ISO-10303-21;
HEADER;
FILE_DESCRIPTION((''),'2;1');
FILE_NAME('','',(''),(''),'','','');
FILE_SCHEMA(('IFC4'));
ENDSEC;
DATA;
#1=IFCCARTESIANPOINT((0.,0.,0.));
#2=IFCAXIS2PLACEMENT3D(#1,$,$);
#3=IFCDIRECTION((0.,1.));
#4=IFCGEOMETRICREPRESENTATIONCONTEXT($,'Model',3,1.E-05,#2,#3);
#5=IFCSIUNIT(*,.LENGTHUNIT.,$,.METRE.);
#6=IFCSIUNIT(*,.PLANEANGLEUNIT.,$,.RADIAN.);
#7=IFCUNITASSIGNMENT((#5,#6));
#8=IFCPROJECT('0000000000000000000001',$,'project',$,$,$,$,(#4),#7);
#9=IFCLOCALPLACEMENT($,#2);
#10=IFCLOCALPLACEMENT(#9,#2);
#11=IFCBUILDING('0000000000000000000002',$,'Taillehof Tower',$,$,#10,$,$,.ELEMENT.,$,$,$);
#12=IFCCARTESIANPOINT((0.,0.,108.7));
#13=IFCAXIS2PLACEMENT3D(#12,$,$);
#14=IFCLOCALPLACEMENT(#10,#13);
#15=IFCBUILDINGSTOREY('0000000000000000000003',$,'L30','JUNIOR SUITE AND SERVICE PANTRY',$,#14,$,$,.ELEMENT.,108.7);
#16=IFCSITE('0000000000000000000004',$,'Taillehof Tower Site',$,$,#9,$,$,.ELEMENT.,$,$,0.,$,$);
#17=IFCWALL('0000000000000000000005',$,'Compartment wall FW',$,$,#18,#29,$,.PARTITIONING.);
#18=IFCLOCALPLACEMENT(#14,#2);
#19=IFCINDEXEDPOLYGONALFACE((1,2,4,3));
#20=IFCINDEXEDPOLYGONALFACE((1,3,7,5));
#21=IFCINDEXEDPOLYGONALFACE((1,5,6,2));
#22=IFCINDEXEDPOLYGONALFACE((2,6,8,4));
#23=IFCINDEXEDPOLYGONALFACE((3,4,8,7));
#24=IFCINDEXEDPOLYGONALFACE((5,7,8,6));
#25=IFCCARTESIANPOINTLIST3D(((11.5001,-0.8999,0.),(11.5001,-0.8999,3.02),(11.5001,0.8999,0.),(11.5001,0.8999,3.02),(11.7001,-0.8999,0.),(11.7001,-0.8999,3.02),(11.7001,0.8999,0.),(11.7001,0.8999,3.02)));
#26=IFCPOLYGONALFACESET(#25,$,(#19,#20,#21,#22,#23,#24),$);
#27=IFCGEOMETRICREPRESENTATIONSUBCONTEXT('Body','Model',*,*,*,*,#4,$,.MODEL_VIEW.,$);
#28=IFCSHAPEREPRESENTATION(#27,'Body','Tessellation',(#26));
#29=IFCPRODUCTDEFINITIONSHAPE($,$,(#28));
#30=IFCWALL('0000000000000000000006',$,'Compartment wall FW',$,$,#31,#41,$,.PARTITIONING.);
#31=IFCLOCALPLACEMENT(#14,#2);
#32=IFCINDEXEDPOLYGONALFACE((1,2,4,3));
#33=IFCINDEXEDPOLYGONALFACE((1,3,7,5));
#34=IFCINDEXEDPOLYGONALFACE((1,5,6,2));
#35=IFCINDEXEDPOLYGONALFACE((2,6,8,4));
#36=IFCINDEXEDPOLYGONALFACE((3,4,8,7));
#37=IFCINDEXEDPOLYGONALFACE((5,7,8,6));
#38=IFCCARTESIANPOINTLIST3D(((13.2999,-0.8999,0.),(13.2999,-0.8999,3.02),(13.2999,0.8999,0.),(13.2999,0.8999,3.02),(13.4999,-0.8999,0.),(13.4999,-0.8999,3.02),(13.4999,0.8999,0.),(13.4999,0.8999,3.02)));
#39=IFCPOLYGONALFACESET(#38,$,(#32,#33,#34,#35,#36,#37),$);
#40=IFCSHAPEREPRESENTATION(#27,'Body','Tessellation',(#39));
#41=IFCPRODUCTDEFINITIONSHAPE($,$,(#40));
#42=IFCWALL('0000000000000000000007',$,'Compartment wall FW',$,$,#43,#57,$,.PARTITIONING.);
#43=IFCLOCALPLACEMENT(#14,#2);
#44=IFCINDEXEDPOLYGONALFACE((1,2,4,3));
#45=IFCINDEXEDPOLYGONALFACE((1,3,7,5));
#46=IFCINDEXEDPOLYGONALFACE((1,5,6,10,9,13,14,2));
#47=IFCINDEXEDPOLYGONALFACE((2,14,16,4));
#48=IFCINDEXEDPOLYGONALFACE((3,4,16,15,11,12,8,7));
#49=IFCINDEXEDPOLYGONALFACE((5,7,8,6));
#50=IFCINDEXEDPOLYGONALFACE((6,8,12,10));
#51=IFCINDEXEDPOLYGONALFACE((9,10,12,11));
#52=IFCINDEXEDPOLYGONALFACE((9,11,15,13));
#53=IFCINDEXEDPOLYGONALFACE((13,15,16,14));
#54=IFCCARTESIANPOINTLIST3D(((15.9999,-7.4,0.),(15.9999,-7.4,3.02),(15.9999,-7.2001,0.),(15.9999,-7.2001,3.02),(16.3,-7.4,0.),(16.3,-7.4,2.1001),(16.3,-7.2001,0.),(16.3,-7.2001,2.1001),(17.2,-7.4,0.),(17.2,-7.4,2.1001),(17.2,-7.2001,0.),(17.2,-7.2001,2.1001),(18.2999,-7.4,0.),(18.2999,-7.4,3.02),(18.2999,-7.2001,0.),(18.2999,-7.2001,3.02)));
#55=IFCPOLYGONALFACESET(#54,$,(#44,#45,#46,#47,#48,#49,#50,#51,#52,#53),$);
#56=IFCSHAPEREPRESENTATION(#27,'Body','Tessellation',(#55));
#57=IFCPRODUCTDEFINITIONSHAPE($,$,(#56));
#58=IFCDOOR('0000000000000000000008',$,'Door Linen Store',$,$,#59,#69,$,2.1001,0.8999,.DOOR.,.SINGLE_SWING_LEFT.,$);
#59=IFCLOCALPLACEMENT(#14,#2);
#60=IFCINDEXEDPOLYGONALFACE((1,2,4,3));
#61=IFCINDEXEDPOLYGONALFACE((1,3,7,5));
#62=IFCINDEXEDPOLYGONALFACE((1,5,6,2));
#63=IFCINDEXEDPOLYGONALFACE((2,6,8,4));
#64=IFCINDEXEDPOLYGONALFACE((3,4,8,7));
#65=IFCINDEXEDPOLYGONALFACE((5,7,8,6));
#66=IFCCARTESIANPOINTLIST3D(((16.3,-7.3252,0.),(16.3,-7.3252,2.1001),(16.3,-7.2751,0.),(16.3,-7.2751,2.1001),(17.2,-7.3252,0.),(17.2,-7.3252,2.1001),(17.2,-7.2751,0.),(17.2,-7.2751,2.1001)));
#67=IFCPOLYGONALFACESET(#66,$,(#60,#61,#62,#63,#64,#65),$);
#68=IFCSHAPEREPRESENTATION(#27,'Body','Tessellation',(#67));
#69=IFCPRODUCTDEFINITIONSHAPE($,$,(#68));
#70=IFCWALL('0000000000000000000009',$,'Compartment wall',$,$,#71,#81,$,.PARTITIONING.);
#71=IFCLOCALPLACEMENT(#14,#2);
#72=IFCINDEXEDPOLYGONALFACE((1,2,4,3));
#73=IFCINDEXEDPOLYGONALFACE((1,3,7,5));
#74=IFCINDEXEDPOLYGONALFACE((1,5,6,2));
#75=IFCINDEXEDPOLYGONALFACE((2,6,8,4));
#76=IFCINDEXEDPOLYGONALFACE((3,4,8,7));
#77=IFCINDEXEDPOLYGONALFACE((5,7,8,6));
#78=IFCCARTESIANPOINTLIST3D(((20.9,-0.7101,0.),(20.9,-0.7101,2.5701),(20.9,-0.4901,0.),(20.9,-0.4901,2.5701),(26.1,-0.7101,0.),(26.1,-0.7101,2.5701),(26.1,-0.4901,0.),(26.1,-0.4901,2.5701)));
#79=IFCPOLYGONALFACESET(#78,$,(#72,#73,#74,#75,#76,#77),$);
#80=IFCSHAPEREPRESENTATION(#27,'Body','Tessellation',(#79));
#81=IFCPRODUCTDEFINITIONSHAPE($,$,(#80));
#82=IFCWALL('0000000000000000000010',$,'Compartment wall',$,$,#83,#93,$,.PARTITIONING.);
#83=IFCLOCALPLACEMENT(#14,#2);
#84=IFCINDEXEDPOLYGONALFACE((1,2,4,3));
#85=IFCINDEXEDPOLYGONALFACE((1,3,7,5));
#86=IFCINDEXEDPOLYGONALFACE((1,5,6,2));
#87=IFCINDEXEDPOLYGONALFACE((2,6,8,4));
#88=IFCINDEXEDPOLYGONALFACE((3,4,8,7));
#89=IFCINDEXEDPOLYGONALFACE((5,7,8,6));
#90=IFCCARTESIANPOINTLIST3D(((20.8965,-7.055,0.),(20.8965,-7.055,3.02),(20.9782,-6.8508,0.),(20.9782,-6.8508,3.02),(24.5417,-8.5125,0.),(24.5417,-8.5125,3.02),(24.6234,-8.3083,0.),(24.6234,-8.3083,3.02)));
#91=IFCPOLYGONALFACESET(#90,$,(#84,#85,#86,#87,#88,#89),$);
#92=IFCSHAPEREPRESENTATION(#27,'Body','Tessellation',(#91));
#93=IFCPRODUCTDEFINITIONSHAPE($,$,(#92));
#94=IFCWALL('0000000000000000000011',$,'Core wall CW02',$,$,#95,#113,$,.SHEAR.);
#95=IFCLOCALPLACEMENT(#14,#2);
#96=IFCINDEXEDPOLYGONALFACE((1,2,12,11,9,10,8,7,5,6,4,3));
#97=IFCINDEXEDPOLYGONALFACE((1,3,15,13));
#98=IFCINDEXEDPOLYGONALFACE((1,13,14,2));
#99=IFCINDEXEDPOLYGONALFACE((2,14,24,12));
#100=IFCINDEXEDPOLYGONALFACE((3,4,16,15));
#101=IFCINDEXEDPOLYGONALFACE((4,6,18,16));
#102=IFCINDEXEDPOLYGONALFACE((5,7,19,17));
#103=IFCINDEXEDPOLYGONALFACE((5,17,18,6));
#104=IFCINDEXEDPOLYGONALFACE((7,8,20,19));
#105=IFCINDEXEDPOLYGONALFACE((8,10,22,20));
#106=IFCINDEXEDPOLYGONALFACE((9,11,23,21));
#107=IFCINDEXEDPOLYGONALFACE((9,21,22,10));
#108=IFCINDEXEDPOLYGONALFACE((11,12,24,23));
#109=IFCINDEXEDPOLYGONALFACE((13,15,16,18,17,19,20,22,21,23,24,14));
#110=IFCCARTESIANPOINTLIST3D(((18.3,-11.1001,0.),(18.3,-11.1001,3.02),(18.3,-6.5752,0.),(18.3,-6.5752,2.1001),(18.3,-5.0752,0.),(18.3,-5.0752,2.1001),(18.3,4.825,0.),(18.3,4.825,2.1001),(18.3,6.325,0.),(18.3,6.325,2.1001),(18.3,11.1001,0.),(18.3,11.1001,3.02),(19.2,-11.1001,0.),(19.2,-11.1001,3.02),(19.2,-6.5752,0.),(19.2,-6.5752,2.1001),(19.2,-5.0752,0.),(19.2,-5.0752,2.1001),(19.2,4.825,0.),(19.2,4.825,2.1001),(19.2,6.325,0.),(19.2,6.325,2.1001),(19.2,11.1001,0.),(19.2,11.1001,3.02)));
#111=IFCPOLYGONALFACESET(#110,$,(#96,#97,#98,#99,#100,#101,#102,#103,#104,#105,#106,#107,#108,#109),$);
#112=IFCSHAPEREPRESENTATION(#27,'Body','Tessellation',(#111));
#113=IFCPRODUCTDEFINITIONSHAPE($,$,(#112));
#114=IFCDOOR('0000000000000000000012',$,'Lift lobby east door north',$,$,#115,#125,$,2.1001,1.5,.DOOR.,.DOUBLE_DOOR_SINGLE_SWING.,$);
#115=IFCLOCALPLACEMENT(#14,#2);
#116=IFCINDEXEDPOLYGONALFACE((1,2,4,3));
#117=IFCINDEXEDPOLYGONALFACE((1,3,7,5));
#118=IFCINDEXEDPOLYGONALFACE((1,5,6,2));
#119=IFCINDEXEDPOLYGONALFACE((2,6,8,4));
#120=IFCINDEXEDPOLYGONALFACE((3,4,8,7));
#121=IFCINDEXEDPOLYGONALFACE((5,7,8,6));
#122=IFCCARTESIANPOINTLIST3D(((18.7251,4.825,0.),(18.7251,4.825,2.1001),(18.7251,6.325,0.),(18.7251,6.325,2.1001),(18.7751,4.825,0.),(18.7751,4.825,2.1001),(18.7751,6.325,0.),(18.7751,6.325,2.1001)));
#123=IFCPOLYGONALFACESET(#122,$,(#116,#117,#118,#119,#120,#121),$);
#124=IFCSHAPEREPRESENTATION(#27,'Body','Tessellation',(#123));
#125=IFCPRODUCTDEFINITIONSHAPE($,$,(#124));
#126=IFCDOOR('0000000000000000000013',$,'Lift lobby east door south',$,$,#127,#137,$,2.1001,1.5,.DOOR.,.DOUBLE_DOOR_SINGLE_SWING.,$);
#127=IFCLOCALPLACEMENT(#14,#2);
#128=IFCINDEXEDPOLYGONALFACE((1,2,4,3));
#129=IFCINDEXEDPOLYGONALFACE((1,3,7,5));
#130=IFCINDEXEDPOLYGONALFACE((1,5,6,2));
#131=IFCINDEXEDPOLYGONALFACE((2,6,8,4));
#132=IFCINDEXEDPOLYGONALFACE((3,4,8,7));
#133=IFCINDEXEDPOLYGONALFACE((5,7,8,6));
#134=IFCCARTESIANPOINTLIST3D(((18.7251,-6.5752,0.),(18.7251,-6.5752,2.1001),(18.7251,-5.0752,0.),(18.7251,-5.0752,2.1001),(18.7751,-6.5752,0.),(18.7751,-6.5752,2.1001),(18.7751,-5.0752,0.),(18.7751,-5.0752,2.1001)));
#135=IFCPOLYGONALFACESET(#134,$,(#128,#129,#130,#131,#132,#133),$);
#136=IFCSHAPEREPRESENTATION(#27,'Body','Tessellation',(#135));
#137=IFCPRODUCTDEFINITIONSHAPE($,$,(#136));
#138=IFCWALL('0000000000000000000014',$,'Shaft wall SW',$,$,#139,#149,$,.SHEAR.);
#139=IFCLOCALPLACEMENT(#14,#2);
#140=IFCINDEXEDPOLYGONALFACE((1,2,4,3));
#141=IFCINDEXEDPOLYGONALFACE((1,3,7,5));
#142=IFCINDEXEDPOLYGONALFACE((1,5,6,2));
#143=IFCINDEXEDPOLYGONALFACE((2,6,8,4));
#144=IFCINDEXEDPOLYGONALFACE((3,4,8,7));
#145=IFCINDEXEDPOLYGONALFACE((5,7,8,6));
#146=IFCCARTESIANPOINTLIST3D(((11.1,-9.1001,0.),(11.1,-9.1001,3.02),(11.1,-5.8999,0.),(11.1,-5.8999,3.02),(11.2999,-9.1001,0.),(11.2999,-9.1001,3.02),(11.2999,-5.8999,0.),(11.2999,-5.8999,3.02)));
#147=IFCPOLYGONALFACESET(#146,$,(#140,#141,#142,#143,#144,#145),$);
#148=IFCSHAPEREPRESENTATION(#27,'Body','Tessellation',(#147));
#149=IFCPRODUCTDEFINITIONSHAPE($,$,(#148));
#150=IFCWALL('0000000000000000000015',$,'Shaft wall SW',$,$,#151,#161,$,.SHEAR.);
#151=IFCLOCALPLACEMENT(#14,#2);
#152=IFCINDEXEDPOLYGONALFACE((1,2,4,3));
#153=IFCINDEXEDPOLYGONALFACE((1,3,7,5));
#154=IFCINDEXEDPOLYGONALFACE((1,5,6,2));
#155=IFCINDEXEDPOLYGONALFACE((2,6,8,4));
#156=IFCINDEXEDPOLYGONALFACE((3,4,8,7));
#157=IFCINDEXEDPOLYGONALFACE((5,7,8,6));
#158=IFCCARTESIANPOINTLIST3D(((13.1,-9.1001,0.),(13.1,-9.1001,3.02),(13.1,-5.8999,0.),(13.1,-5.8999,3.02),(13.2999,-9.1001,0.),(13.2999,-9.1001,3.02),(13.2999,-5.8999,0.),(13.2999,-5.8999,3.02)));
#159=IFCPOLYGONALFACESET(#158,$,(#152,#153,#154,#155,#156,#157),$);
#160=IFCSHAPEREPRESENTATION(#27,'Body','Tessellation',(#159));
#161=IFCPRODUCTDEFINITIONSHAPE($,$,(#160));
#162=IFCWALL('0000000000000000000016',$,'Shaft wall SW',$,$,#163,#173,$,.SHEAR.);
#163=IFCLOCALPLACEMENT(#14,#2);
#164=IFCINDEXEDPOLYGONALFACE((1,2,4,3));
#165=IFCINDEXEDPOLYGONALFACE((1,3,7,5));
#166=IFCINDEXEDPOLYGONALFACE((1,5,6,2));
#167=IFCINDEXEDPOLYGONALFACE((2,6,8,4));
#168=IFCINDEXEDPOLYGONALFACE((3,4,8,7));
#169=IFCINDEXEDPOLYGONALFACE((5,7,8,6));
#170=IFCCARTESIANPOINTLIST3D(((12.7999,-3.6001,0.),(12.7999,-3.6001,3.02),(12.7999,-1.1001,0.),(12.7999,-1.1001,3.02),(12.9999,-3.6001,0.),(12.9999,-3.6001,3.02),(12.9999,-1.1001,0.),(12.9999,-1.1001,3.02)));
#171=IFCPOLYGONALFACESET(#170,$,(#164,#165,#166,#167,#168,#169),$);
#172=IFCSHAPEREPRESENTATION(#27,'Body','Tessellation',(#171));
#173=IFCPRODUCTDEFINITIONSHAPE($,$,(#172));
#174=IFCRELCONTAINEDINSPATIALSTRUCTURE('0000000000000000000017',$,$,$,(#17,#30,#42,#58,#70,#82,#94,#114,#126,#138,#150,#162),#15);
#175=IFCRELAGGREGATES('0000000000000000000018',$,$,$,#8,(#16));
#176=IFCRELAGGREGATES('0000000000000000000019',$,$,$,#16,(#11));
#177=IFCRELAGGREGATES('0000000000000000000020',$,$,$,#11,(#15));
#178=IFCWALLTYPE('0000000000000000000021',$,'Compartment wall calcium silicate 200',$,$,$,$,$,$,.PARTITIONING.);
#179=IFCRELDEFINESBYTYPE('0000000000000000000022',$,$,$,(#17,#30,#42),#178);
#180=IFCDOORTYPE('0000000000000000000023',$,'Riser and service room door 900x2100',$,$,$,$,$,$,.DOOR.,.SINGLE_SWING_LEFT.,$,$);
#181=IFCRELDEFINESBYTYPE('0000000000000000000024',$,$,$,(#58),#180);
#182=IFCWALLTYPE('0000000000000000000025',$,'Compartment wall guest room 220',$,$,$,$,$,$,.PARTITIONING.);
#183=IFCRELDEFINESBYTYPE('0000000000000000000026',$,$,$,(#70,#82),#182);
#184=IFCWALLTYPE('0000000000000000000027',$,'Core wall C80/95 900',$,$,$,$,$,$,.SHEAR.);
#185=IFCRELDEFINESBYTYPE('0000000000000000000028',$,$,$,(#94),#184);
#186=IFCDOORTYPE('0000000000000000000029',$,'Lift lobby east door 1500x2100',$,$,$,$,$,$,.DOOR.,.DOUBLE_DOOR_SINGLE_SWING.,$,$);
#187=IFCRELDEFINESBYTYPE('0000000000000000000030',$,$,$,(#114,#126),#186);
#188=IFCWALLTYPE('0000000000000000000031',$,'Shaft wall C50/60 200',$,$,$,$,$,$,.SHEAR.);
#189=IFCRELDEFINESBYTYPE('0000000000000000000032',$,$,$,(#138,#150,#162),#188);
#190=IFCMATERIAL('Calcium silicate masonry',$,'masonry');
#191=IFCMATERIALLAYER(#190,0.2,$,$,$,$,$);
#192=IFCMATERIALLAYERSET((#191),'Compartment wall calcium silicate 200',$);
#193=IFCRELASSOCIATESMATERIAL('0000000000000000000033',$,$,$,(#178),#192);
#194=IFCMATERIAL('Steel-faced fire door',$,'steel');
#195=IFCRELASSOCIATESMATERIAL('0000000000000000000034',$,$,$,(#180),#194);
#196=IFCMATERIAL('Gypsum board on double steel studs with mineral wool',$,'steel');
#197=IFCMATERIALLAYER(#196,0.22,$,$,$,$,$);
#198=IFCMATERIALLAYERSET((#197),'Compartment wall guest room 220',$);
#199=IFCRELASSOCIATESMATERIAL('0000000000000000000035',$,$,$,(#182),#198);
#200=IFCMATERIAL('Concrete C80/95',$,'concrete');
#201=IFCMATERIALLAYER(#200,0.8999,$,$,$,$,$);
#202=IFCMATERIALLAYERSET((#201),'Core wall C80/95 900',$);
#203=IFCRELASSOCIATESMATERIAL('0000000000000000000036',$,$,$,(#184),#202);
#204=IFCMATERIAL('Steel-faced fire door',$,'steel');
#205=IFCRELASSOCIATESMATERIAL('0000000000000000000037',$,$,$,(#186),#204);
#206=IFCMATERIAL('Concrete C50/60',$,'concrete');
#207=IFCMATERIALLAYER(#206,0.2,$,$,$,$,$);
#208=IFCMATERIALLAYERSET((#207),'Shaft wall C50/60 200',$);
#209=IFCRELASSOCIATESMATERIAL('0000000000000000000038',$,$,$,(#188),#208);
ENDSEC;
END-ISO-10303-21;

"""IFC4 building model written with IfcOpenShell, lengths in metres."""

from ifc_helpers import new_model, si_unit, direction, frame, frame_2d, origin, place, context, subcontext, project, spatial, rectangle, extrude, material, layer, layer_set, type_object, element, fill, save


model = new_model("IFC4")

# Units and contexts
model_context = context("Model", 3, precision=1e-05, world=origin(), true_north=direction((0.0, 1.0)))
body_context = subcontext(model_context, "Body", "Model", "MODEL_VIEW")
ifc_project = project(units=[si_unit("LENGTHUNIT", "METRE"), si_unit("PLANEANGLEUNIT", "RADIAN")], contexts=[model_context])

# Site, building, storey
site_placement = place(None, origin())
site = spatial("IfcSite", under=ifc_project, at=site_placement, Name="Taillehof Tower Site", CompositionType="ELEMENT", RefElevation=0.0)
building_placement = place(site_placement, origin())
building = spatial("IfcBuilding", under=site, at=building_placement, Name="Taillehof Tower", CompositionType="ELEMENT")
storey_placement = place(building_placement, frame((0.0, 0.0, 108.7)))
storey = spatial("IfcBuildingStorey", under=building, at=storey_placement, Name="L30", Description="JUNIOR SUITE AND SERVICE PANTRY", CompositionType="ELEMENT", Elevation=108.7)

# Walls
ifc_material_1 = material(Name="Calcium silicate masonry", Category="masonry")
ifc_layer_1 = layer(ifc_material_1, 0.2)
ifc_layer_set_1 = layer_set([ifc_layer_1], Name="Compartment wall calcium silicate 200")
wall_type_1 = type_object("IfcWallType", Name="Compartment wall calcium silicate 200", PredefinedType="PARTITIONING", material=ifc_layer_set_1)
for number, where, z_axis, x_axis, name in (
    (1, (11.6001, -0.8999, 0.0), (0.0, 0.0, 1.0), (0.0, 1.0, 0.0), "Compartment wall FW"),
    (2, (13.3999, -0.8999, 0.0), (0.0, 0.0, 1.0), (0.0, 1.0, 0.0), "Compartment wall FW"),
):
    element("IfcWall", number, at=place(storey_placement, frame(where, z_axis=z_axis, x_axis=x_axis)), inside=storey, type_object=wall_type_1, Name=name, PredefinedType="PARTITIONING", context=body_context, shape_type="SweptSolid", body=[
        extrude(rectangle(XDim=1.7998, YDim=0.2, at=frame_2d((0.8999, 0.0))), origin(), (0.0, 0.0, 1.0), 3.02),
    ])

# Wall, opening, door
wall_1_placement = place(storey_placement, frame((16.0, -7.3, 0.0), z_axis=(0.0, 0.0, 1.0), x_axis=(1.0, 0.0, 0.0)))
wall_1 = element("IfcWall", 3, at=wall_1_placement, inside=storey, type_object=wall_type_1, Name="Compartment wall FW", PredefinedType="PARTITIONING", context=body_context, shape_type="SweptSolid", body=[
    extrude(rectangle(XDim=2.3, YDim=0.2, at=frame_2d((1.1499, 0.0))), origin(), (0.0, 0.0, 1.0), 3.02),
])
opening_1_placement = place(wall_1_placement, frame((0.3, 0.0, 0.0)))
opening_1 = element("IfcOpeningElement", 4, at=opening_1_placement, cuts=wall_1, PredefinedType="OPENING", context=body_context, shape_type="SweptSolid", body=[
    extrude(rectangle(XDim=0.8999, YDim=2.1001, at=frame_2d((0.45, 1.05))), frame((0.0, 0.1099, 0.0), z_axis=(0.0, -1.0, 0.0), x_axis=(1.0, 0.0, 0.0)), (0.0, 0.0, 1.0), 0.22),
])
ifc_material_2 = material(Name="Steel-faced fire door", Category="steel")
door_type_1 = type_object("IfcDoorType", Name="Riser and service room door 900x2100", OperationType="SINGLE_SWING_LEFT", PredefinedType="DOOR", material=ifc_material_2)
door_1_placement = place(opening_1_placement, origin())
door_1 = element("IfcDoor", 5, at=door_1_placement, inside=storey, type_object=door_type_1, Name="Door Linen Store", OperationType="SINGLE_SWING_LEFT", OverallHeight=2.1001, OverallWidth=0.8999, PredefinedType="DOOR", context=body_context, shape_type="SweptSolid", body=[
    extrude(rectangle(XDim=0.8999, YDim=2.1001, at=frame_2d((0.45, 1.05))), frame((0.0, 0.0249, 0.0), z_axis=(0.0, -1.0, 0.0), x_axis=(1.0, 0.0, 0.0)), (0.0, 0.0, 1.0), 0.05),
])
fill(opening_1, door_1)

# Walls
ifc_material_3 = material(Name="Gypsum board on double steel studs with mineral wool", Category="steel")
ifc_layer_2 = layer(ifc_material_3, 0.22)
ifc_layer_set_2 = layer_set([ifc_layer_2], Name="Compartment wall guest room 220")
wall_type_2 = type_object("IfcWallType", Name="Compartment wall guest room 220", PredefinedType="PARTITIONING", material=ifc_layer_set_2)
wall_2_placement = place(storey_placement, frame((26.1001, -0.6001, 0.0), z_axis=(0.0, 0.0, 1.0), x_axis=(-1.0, 0.0, 0.0)))
element("IfcWall", 6, at=wall_2_placement, inside=storey, type_object=wall_type_2, Name="Compartment wall", PredefinedType="PARTITIONING", context=body_context, shape_type="SweptSolid", body=[
    extrude(rectangle(XDim=5.2, YDim=0.22, at=frame_2d((2.6001, 0.0))), origin(), (0.0, 0.0, 1.0), 2.5701),
])
wall_3_placement = place(storey_placement, frame((24.5825, -8.4104, 0.0), z_axis=(0.0, 0.0, 1.0), x_axis=(-0.928528, 0.371262, 0.0)))
element("IfcWall", 7, at=wall_3_placement, inside=storey, type_object=wall_type_2, Name="Compartment wall", PredefinedType="PARTITIONING", context=body_context, shape_type="SweptSolid", body=[
    extrude(rectangle(XDim=3.9258, YDim=0.22, at=frame_2d((1.9629, 0.0))), origin(), (0.0, 0.0, 1.0), 3.02),
])

# Wall, openings, doors
ifc_material_4 = material(Name="Concrete C80/95", Category="concrete")
ifc_layer_3 = layer(ifc_material_4, 0.8999)
ifc_layer_set_3 = layer_set([ifc_layer_3], Name="Core wall C80/95 900")
wall_type_3 = type_object("IfcWallType", Name="Core wall C80/95 900", PredefinedType="SHEAR", material=ifc_layer_set_3)
wall_4_placement = place(storey_placement, frame((18.75, -11.1001, 0.0), z_axis=(0.0, 0.0, 1.0), x_axis=(0.0, 1.0, 0.0)))
wall_4 = element("IfcWall", 8, at=wall_4_placement, inside=storey, type_object=wall_type_3, Name="Core wall CW02", PredefinedType="SHEAR", context=body_context, shape_type="SweptSolid", body=[
    extrude(rectangle(XDim=22.2002, YDim=0.8999, at=frame_2d((11.1001, 0.0))), origin(), (0.0, 0.0, 1.0), 3.02),
])
opening_2_placement = place(wall_4_placement, frame((15.925, 0.0, 0.0)))
opening_2 = element("IfcOpeningElement", 9, at=opening_2_placement, cuts=wall_4, PredefinedType="OPENING", context=body_context, shape_type="SweptSolid", body=[
    extrude(rectangle(XDim=1.5, YDim=2.1001, at=frame_2d((0.75, 1.05))), frame((0.0, 0.46, 0.0), z_axis=(0.0, -1.0, 0.0), x_axis=(1.0, 0.0, 0.0)), (0.0, 0.0, 1.0), 0.9199),
])
opening_3_placement = place(wall_4_placement, frame((4.5249, 0.0, 0.0)))
opening_3 = element("IfcOpeningElement", 10, at=opening_3_placement, cuts=wall_4, PredefinedType="OPENING", context=body_context, shape_type="SweptSolid", body=[
    extrude(rectangle(XDim=1.5, YDim=2.1001, at=frame_2d((0.75, 1.05))), frame((0.0, 0.46, 0.0), z_axis=(0.0, -1.0, 0.0), x_axis=(1.0, 0.0, 0.0)), (0.0, 0.0, 1.0), 0.9199),
])
ifc_material_5 = material(Name="Steel-faced fire door", Category="steel")
door_type_2 = type_object("IfcDoorType", Name="Lift lobby east door 1500x2100", OperationType="DOUBLE_DOOR_SINGLE_SWING", PredefinedType="DOOR", material=ifc_material_5)
door_2_placement = place(opening_2_placement, origin())
door_2 = element("IfcDoor", 11, at=door_2_placement, inside=storey, type_object=door_type_2, Name="Lift lobby east door north", OperationType="DOUBLE_DOOR_SINGLE_SWING", OverallHeight=2.1001, OverallWidth=1.5, PredefinedType="DOOR", context=body_context, shape_type="SweptSolid", body=[
    extrude(rectangle(XDim=1.5, YDim=2.1001, at=frame_2d((0.75, 1.05))), frame((0.0, 0.0249, 0.0), z_axis=(0.0, -1.0, 0.0), x_axis=(1.0, 0.0, 0.0)), (0.0, 0.0, 1.0), 0.05),
])
fill(opening_2, door_2)
door_3_placement = place(opening_3_placement, origin())
door_3 = element("IfcDoor", 12, at=door_3_placement, inside=storey, type_object=door_type_2, Name="Lift lobby east door south", OperationType="DOUBLE_DOOR_SINGLE_SWING", OverallHeight=2.1001, OverallWidth=1.5, PredefinedType="DOOR", context=body_context, shape_type="SweptSolid", body=[
    extrude(rectangle(XDim=1.5, YDim=2.1001, at=frame_2d((0.75, 1.05))), frame((0.0, 0.0249, 0.0), z_axis=(0.0, -1.0, 0.0), x_axis=(1.0, 0.0, 0.0)), (0.0, 0.0, 1.0), 0.05),
])
fill(opening_3, door_3)

# Walls
ifc_material_6 = material(Name="Concrete C50/60", Category="concrete")
ifc_layer_4 = layer(ifc_material_6, 0.2)
ifc_layer_set_4 = layer_set([ifc_layer_4], Name="Shaft wall C50/60 200")
wall_type_4 = type_object("IfcWallType", Name="Shaft wall C50/60 200", PredefinedType="SHEAR", material=ifc_layer_set_4)
for number, where, z_axis, x_axis, name in (
    (13, (11.2, -9.1001, 0.0), (0.0, 0.0, 1.0), (0.0, 1.0, 0.0), "Shaft wall SW"),
    (14, (13.2, -9.1001, 0.0), (0.0, 0.0, 1.0), (0.0, 1.0, 0.0), "Shaft wall SW"),
):
    element("IfcWall", number, at=place(storey_placement, frame(where, z_axis=z_axis, x_axis=x_axis)), inside=storey, type_object=wall_type_4, Name=name, PredefinedType="SHEAR", context=body_context, shape_type="SweptSolid", body=[
        extrude(rectangle(XDim=3.2002, YDim=0.2, at=frame_2d((1.6001, 0.0))), origin(), (0.0, 0.0, 1.0), 3.02),
    ])
wall_5_placement = place(storey_placement, frame((12.8999, -3.6001, 0.0), z_axis=(0.0, 0.0, 1.0), x_axis=(0.0, 1.0, 0.0)))
element("IfcWall", 15, at=wall_5_placement, inside=storey, type_object=wall_type_4, Name="Shaft wall SW", PredefinedType="SHEAR", context=body_context, shape_type="SweptSolid", body=[
    extrude(rectangle(XDim=2.5, YDim=0.2, at=frame_2d((1.25, 0.0))), origin(), (0.0, 0.0, 1.0), 3.02),
])

save(model, "model.ifc")
